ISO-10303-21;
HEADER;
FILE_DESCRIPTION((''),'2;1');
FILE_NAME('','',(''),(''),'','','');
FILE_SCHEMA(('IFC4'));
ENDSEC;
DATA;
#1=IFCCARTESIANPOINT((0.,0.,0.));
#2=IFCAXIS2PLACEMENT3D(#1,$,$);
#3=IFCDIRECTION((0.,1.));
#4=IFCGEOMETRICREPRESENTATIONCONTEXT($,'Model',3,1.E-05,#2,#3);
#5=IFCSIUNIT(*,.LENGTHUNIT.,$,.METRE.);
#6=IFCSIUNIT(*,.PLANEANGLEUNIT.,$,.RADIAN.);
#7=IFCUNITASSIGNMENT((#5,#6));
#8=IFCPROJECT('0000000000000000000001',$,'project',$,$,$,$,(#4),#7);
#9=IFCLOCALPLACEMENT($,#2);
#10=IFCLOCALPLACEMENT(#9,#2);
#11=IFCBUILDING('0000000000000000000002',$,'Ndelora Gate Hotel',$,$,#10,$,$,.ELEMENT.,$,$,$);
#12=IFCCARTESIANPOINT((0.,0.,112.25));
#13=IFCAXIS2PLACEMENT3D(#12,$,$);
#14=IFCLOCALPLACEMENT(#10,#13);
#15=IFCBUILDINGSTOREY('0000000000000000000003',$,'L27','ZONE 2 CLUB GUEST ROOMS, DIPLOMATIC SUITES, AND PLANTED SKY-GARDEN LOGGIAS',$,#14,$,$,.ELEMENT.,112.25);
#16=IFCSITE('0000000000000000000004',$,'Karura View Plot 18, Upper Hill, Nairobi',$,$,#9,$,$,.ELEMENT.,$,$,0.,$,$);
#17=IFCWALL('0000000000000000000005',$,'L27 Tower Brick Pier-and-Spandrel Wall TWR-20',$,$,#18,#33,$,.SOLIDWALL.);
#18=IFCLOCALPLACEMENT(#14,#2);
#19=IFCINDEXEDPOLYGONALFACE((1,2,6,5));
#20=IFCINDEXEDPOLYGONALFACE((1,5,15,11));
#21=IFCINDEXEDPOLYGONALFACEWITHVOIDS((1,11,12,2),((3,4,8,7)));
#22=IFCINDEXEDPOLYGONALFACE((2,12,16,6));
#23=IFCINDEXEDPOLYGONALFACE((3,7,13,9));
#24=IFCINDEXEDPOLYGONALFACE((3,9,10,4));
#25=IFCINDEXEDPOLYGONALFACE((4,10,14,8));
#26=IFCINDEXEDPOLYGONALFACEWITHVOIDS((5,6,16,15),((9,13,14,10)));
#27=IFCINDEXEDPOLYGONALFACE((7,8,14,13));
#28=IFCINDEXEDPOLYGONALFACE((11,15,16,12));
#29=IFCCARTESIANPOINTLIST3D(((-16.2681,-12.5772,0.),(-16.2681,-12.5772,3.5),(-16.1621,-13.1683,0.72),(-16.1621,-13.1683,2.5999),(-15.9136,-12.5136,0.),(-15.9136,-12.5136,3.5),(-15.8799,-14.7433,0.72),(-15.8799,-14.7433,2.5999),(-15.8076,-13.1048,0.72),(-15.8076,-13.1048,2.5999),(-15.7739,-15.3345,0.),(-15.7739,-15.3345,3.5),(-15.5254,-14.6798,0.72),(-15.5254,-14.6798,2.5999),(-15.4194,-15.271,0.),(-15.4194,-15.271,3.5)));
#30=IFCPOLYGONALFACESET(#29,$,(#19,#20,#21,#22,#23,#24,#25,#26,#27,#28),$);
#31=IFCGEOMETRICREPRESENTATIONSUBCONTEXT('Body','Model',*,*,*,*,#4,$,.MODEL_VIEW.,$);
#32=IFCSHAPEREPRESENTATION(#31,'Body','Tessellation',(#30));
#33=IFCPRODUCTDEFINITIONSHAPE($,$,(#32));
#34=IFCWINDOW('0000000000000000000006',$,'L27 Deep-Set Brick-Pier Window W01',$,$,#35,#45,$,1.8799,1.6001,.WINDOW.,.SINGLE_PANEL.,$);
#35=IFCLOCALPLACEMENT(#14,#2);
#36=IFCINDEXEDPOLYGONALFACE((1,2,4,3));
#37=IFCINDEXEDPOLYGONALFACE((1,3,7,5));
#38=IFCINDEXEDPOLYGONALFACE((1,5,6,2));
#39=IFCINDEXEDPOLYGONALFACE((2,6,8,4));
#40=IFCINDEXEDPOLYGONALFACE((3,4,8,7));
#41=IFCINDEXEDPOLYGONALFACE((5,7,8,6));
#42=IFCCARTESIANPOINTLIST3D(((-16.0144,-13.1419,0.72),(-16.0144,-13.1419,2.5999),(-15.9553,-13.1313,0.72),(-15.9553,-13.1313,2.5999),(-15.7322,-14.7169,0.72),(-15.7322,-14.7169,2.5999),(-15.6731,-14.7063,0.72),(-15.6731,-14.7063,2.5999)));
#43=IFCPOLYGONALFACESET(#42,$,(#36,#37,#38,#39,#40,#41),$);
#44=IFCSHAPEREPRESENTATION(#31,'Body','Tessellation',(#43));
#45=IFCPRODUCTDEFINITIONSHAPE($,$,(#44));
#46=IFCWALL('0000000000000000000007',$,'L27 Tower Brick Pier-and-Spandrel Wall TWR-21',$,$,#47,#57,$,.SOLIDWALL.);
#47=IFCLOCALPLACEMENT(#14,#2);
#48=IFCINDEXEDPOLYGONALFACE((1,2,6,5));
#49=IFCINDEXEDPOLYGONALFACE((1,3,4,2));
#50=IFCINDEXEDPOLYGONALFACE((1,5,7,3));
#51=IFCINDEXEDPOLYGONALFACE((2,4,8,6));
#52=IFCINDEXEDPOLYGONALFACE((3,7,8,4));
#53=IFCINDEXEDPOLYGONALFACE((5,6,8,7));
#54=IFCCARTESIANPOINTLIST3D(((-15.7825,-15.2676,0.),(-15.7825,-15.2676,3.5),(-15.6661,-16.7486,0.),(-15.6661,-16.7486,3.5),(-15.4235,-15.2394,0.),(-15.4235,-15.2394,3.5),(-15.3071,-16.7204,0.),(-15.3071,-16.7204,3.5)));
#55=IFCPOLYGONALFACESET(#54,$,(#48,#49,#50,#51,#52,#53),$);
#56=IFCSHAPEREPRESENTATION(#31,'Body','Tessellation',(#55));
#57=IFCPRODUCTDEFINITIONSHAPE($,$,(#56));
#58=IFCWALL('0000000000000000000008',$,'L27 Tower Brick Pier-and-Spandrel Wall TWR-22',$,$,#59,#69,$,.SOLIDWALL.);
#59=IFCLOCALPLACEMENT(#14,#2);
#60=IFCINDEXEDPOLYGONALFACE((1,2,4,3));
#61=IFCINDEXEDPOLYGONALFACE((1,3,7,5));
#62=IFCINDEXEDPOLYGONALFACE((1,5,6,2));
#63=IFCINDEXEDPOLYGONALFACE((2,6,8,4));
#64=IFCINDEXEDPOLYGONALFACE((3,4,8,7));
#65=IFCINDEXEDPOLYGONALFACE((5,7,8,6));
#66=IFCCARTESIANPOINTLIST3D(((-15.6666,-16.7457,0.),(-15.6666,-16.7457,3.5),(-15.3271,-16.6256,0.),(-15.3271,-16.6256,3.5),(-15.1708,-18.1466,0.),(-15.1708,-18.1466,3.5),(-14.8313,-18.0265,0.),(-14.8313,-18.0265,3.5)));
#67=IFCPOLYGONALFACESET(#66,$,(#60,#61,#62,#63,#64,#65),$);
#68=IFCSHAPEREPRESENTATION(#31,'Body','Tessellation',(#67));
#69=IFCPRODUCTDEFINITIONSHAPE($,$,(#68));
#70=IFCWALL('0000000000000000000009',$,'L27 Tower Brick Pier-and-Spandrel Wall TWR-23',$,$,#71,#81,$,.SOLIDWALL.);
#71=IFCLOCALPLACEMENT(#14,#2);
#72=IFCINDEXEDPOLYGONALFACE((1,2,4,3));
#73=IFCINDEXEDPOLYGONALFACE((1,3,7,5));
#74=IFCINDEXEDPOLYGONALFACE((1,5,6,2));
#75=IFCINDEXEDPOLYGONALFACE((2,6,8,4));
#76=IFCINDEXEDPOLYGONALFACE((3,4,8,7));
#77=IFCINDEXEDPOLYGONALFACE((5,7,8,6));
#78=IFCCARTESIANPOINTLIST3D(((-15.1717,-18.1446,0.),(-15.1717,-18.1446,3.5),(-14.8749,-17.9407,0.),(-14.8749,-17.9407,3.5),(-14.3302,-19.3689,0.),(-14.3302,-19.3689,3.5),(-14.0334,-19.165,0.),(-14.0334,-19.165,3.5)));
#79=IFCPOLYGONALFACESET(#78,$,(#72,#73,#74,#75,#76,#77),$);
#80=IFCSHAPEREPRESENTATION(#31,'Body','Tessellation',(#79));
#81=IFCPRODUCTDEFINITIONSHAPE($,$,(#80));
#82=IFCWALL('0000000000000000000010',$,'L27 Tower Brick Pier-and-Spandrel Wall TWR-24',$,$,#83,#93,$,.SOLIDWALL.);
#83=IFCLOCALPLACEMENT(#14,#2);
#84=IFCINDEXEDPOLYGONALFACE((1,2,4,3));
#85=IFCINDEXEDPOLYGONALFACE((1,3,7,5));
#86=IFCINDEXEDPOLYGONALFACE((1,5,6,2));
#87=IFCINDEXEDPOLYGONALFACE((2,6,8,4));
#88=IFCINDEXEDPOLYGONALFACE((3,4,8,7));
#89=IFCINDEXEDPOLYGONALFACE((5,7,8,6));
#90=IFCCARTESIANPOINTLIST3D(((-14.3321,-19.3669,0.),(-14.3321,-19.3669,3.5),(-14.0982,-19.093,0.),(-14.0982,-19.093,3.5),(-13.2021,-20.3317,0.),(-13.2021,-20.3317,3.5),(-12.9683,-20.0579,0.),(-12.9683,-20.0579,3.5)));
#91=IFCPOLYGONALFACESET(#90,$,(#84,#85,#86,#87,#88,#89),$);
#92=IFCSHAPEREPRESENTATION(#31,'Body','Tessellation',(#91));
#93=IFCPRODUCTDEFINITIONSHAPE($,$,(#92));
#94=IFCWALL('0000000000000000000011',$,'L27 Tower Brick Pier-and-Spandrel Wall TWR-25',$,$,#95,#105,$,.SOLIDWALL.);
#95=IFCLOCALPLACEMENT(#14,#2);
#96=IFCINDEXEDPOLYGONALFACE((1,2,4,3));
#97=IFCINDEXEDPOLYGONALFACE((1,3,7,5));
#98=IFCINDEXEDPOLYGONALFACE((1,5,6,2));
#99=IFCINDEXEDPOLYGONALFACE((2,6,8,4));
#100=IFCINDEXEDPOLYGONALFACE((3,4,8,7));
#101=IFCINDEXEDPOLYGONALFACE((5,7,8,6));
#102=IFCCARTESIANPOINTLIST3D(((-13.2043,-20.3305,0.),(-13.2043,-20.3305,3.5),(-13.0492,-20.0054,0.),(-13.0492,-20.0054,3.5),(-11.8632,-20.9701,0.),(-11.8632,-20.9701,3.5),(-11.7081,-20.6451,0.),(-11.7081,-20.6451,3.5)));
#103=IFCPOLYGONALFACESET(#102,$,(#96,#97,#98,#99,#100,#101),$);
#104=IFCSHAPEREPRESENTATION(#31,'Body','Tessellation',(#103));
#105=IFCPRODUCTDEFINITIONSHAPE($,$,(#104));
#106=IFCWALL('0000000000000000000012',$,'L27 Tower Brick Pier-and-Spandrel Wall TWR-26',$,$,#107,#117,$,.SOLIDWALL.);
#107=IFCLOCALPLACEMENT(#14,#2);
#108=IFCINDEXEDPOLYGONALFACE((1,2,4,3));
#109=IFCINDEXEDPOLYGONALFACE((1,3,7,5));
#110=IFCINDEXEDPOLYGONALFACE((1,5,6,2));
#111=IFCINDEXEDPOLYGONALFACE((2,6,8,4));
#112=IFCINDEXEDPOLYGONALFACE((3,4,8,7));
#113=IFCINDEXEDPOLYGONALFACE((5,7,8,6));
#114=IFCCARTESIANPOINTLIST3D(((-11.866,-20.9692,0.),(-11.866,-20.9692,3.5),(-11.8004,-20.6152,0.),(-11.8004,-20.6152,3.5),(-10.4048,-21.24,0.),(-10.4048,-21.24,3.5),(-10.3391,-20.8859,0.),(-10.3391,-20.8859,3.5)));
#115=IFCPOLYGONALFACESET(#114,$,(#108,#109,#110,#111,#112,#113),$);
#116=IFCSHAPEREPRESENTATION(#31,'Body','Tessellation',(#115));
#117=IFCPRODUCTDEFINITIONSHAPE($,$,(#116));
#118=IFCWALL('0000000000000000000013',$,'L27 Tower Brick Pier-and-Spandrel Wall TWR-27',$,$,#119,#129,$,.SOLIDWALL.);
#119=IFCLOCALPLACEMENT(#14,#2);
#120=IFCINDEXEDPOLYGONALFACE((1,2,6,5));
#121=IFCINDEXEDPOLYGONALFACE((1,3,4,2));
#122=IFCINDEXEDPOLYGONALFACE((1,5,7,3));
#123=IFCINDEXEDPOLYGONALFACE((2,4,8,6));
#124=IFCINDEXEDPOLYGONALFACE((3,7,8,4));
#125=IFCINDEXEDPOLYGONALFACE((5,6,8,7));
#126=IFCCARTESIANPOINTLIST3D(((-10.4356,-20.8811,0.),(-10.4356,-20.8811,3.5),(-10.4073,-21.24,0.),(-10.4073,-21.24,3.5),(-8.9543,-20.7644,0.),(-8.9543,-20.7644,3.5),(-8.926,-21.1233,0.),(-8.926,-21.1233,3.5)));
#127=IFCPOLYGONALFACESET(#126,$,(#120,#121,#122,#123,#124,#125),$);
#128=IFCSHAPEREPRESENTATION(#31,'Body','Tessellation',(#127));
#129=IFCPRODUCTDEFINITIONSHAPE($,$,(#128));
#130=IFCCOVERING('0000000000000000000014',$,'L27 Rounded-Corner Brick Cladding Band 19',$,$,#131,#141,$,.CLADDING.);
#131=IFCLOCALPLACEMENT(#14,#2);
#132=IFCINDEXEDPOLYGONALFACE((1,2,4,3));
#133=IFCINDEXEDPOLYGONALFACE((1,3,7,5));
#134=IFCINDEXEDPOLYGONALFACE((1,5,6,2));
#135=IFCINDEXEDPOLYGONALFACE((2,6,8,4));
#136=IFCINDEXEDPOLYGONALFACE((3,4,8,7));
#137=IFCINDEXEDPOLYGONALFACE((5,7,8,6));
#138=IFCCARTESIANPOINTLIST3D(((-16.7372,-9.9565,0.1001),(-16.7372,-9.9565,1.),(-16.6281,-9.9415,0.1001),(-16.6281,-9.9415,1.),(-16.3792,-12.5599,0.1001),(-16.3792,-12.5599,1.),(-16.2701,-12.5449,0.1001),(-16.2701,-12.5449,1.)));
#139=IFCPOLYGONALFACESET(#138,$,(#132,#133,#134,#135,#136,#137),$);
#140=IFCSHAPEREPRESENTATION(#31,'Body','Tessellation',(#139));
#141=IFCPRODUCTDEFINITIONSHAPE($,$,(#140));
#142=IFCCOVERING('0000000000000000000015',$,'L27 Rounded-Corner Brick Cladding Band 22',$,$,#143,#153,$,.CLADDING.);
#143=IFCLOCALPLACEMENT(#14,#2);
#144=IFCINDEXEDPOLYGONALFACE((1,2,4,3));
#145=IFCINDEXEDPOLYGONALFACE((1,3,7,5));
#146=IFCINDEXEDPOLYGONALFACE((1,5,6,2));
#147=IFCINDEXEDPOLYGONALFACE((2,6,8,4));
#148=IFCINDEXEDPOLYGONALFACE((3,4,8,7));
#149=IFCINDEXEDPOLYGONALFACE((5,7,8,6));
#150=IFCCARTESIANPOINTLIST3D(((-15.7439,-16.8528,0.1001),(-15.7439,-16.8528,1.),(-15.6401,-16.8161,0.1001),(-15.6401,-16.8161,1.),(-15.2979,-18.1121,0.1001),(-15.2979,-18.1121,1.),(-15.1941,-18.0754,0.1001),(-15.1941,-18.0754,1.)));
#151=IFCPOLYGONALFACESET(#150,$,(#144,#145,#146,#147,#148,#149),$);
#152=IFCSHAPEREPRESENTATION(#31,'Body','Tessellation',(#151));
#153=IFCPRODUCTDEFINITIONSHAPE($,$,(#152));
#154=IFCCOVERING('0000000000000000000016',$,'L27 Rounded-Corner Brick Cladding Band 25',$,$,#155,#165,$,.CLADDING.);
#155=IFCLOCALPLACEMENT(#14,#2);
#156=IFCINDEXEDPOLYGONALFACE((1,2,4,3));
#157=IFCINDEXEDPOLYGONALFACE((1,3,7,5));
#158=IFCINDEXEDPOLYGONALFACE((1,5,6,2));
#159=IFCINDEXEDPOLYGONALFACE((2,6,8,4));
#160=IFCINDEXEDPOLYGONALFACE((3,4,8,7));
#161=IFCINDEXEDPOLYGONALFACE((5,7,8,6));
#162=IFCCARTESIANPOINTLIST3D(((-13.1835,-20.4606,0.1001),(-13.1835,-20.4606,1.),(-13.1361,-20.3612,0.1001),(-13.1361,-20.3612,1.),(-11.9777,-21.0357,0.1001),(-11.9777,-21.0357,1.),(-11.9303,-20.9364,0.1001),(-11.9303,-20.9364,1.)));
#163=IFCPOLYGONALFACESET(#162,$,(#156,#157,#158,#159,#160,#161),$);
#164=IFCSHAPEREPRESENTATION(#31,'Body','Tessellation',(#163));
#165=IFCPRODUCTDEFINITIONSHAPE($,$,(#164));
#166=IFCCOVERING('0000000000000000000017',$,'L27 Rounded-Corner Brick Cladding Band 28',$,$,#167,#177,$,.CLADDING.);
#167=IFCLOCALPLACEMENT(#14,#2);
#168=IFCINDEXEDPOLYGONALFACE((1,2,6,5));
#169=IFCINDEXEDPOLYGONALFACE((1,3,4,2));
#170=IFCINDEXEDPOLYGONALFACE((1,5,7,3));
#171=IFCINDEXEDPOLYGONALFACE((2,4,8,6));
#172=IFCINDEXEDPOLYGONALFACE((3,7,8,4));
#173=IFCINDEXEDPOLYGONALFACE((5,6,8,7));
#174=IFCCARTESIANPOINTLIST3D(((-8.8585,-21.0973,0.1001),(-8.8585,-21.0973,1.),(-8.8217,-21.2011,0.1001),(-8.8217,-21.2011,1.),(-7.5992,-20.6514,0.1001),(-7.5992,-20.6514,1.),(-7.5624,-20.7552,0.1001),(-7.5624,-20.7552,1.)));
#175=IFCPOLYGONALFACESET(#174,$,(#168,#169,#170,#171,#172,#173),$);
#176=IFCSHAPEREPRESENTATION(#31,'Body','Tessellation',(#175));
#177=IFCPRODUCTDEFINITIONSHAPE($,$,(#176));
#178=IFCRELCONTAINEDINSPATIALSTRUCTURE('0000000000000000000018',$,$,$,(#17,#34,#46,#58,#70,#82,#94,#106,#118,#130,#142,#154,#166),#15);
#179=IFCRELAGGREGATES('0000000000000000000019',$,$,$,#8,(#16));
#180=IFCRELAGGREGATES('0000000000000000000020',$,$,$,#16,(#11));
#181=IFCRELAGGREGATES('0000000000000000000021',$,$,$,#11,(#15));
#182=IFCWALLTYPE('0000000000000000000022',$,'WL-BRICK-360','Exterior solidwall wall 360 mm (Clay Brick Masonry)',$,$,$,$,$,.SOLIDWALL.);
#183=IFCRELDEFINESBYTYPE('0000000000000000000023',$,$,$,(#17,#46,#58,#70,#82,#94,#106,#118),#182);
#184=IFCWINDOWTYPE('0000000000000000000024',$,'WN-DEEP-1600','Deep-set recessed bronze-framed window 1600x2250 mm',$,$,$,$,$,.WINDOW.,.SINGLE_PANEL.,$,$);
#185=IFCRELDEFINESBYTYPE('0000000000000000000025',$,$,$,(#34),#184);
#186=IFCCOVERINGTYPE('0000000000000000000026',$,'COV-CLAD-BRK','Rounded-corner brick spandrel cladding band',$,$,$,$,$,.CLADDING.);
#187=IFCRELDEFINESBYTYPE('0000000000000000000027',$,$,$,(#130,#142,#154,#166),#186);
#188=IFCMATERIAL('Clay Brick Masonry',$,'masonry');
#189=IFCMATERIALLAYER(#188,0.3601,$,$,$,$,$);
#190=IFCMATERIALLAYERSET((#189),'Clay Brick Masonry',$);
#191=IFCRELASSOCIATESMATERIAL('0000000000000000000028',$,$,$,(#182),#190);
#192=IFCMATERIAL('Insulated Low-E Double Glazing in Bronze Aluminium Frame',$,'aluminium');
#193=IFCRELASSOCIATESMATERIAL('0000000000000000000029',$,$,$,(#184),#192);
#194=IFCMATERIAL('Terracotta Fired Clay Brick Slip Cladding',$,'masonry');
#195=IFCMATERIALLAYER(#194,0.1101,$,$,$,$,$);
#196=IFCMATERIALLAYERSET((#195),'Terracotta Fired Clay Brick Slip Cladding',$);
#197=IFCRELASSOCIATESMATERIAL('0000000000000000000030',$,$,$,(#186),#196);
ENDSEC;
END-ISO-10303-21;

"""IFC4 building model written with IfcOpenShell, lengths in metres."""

from ifc_helpers import new_model, si_unit, direction, frame, frame_2d, origin, origin_2d, place, context, subcontext, project, spatial, rectangle, extrude, material, layer, layer_set, type_object, element, fill, save


model = new_model("IFC4")

# Units and contexts
model_context = context("Model", 3, precision=1e-05, world=origin(), true_north=direction((0.0, 1.0)))
body_context = subcontext(model_context, "Body", "Model", "MODEL_VIEW")
ifc_project = project(units=[si_unit("LENGTHUNIT", "METRE"), si_unit("PLANEANGLEUNIT", "RADIAN")], contexts=[model_context])

# Site, building, storey
site_placement = place(None, origin())
site = spatial("IfcSite", under=ifc_project, at=site_placement, Name="Karura View Plot 18, Upper Hill, Nairobi", CompositionType="ELEMENT", RefElevation=0.0)
building_placement = place(site_placement, origin())
building = spatial("IfcBuilding", under=site, at=building_placement, Name="Ndelora Gate Hotel", CompositionType="ELEMENT")
storey_placement = place(building_placement, frame((0.0, 0.0, 112.25)))
storey = spatial("IfcBuildingStorey", under=building, at=storey_placement, Name="L27", Description="ZONE 2 CLUB GUEST ROOMS, DIPLOMATIC SUITES, AND PLANTED SKY-GARDEN LOGGIAS", CompositionType="ELEMENT", Elevation=112.25)

# Shared definitions
ifc_material_1 = material(Name="Clay Brick Masonry", Category="masonry")
ifc_layer_1 = layer(ifc_material_1, 0.3601)
ifc_layer_set_1 = layer_set([ifc_layer_1], Name="Clay Brick Masonry")
wall_type = type_object("IfcWallType", Name="WL-BRICK-360", Description="Exterior solidwall wall 360 mm (Clay Brick Masonry)", PredefinedType="SOLIDWALL", material=ifc_layer_set_1)

# Wall, opening, window
ifc_material_2 = material(Name="Insulated Low-E Double Glazing in Bronze Aluminium Frame", Category="aluminium")
window_type = type_object("IfcWindowType", Name="WN-DEEP-1600", Description="Deep-set recessed bronze-framed window 1600x2250 mm", PartitioningType="SINGLE_PANEL", PredefinedType="WINDOW", material=ifc_material_2)
wall_1_placement = place(storey_placement, frame((-15.5967, -15.3027, 0.0), z_axis=(0.0, 0.0, 1.0), x_axis=(-0.1764, 0.984319, 0.0)))
wall_1 = element("IfcWall", 1, at=wall_1_placement, inside=storey, type_object=wall_type, Name="L27 Tower Brick Pier-and-Spandrel Wall TWR-20", PredefinedType="SOLIDWALL", context=body_context, shape_type="SweptSolid", body=[
    extrude(rectangle(XDim=2.8013, YDim=0.3601, at=frame_2d((1.4006, 0.0))), origin(), (0.0, 0.0, 1.0), 3.5),
])
opening_1_placement = place(wall_1_placement, frame((0.6006, 0.0, 0.72)))
opening_1 = element("IfcOpeningElement", 2, at=opening_1_placement, cuts=wall_1, PredefinedType="OPENING", context=body_context, shape_type="SweptSolid", body=[
    extrude(rectangle(XDim=1.6001, YDim=1.8799, at=frame_2d((0.8, 0.9399))), frame((0.0, 0.1899, 0.0), z_axis=(0.0, -1.0, 0.0), x_axis=(1.0, 0.0, 0.0)), (0.0, 0.0, 1.0), 0.3801),
])
window_1_placement = place(opening_1_placement, origin())
window_1 = element("IfcWindow", 3, at=window_1_placement, inside=storey, type_object=window_type, Name="L27 Deep-Set Brick-Pier Window W01", OverallHeight=1.8799, OverallWidth=1.6001, PartitioningType="SINGLE_PANEL", PredefinedType="WINDOW", context=body_context, shape_type="SweptSolid", body=[
    extrude(rectangle(XDim=1.6001, YDim=1.8799, at=frame_2d((0.8, 0.9399))), frame((0.0, 0.03, 0.0), z_axis=(0.0, -1.0, 0.0), x_axis=(1.0, 0.0, 0.0)), (0.0, 0.0, 1.0), 0.0601),
])
fill(opening_1, window_1)

# Walls
wall_2_placement = place(storey_placement, frame((-15.4866, -16.7344, 0.0), z_axis=(0.0, 0.0, 1.0), x_axis=(-0.078393, 0.996923, 0.0)))
element("IfcWall", 4, at=wall_2_placement, inside=storey, type_object=wall_type, Name="L27 Tower Brick Pier-and-Spandrel Wall TWR-21", PredefinedType="SOLIDWALL", context=body_context, shape_type="SweptSolid", body=[
    extrude(rectangle(XDim=1.4856, YDim=0.3601, at=frame_2d((0.7427, 0.0))), origin(), (0.0, 0.0, 1.0), 3.5),
])
wall_3_placement = place(storey_placement, frame((-15.001, -18.0867, 0.0), z_axis=(0.0, 0.0, 1.0), x_axis=(-0.333671, 0.94269, 0.0)))
element("IfcWall", 5, at=wall_3_placement, inside=storey, type_object=wall_type, Name="L27 Tower Brick Pier-and-Spandrel Wall TWR-22", PredefinedType="SOLIDWALL", context=body_context, shape_type="SweptSolid", body=[
    extrude(rectangle(XDim=1.4861, YDim=0.3601, at=frame_2d((0.7432, 0.0))), origin(), (0.0, 0.0, 1.0), 3.5),
])
wall_4_placement = place(storey_placement, frame((-14.1819, -19.2668, 0.0), z_axis=(0.0, 0.0, 1.0), x_axis=(-0.566438, 0.824104, 0.0)))
element("IfcWall", 6, at=wall_4_placement, inside=storey, type_object=wall_type, Name="L27 Tower Brick Pier-and-Spandrel Wall TWR-23", PredefinedType="SOLIDWALL", context=body_context, shape_type="SweptSolid", body=[
    extrude(rectangle(XDim=1.4856, YDim=0.3601, at=frame_2d((0.7427, 0.0))), origin(), (0.0, 0.0, 1.0), 3.5),
])
for number, where, z_axis, x_axis, name in (
    (7, (-13.0852, -20.1948, 0.0), (0.0, 0.0, 1.0), (-0.760462, 0.649383, 0.0), "L27 Tower Brick Pier-and-Spandrel Wall TWR-24"),
    (8, (-11.7856, -20.8076, 0.0), (0.0, 0.0, 1.0), (-0.902587, 0.430508, 0.0), "L27 Tower Brick Pier-and-Spandrel Wall TWR-25"),
):
    element("IfcWall", number, at=place(storey_placement, frame(where, z_axis=z_axis, x_axis=x_axis)), inside=storey, type_object=wall_type, Name=name, PredefinedType="SOLIDWALL", context=body_context, shape_type="SweptSolid", body=[
        extrude(rectangle(XDim=1.4858, YDim=0.3601, at=frame_2d((0.7429, 0.0))), origin(), (0.0, 0.0, 1.0), 3.5),
    ])
wall_5_placement = place(storey_placement, frame((-10.3718, -21.063, 0.0), z_axis=(0.0, 0.0, 1.0), x_axis=(-0.983262, 0.182195, 0.0)))
element("IfcWall", 9, at=wall_5_placement, inside=storey, type_object=wall_type, Name="L27 Tower Brick Pier-and-Spandrel Wall TWR-26", PredefinedType="SOLIDWALL", context=body_context, shape_type="SweptSolid", body=[
    extrude(rectangle(XDim=1.4861, YDim=0.3601, at=frame_2d((0.7432, 0.0))), origin(), (0.0, 0.0, 1.0), 3.5),
])
wall_6_placement = place(storey_placement, frame((-8.9402, -20.9438, 0.0), z_axis=(0.0, 0.0, 1.0), x_axis=(-0.996911, -0.078543, 0.0)))
element("IfcWall", 10, at=wall_6_placement, inside=storey, type_object=wall_type, Name="L27 Tower Brick Pier-and-Spandrel Wall TWR-27", PredefinedType="SOLIDWALL", context=body_context, shape_type="SweptSolid", body=[
    extrude(rectangle(XDim=1.4858, YDim=0.3601, at=frame_2d((0.7429, 0.0))), origin(), (0.0, 0.0, 1.0), 3.5),
])

# Coverings
ifc_material_3 = material(Name="Terracotta Fired Clay Brick Slip Cladding", Category="masonry")
ifc_layer_2 = layer(ifc_material_3, 0.1101)
ifc_layer_set_2 = layer_set([ifc_layer_2], Name="Terracotta Fired Clay Brick Slip Cladding")
covering_type = type_object("IfcCoveringType", Name="COV-CLAD-BRK", Description="Rounded-corner brick spandrel cladding band", PredefinedType="CLADDING", material=ifc_layer_set_2)
covering_placement = place(storey_placement, frame((-16.5037, -11.2507, 0.1001), z_axis=(0.0, 0.0, 1.0), x_axis=(-0.136234, 0.990677, 0.0)))
element("IfcCovering", 11, at=covering_placement, inside=storey, type_object=covering_type, Name="L27 Rounded-Corner Brick Cladding Band 19", PredefinedType="CLADDING", context=body_context, shape_type="SweptSolid", body=[
    extrude(rectangle(XDim=2.6279, YDim=0.1101, at=origin_2d()), origin(), (0.0, 0.0, 1.0), 0.8999),
])
for number, where, z_axis, x_axis, name in (
    (12, (-15.469, -17.4641, 0.1001), (0.0, 0.0, 1.0), (-0.333807, 0.942641, 0.0), "L27 Rounded-Corner Brick Cladding Band 22"),
    (13, (-12.5569, -20.6985, 0.1001), (0.0, 0.0, 1.0), (-0.902585, 0.430511, 0.0), "L27 Rounded-Corner Brick Cladding Band 25"),
    (14, (-8.2104, -20.9263, 0.1001), (0.0, 0.0, 1.0), (0.942641, 0.333807, 0.0), "L27 Rounded-Corner Brick Cladding Band 28"),
):
    element("IfcCovering", number, at=place(storey_placement, frame(where, z_axis=z_axis, x_axis=x_axis)), inside=storey, type_object=covering_type, Name=name, PredefinedType="CLADDING", context=body_context, shape_type="SweptSolid", body=[
        extrude(rectangle(XDim=1.3359, YDim=0.1101, at=origin_2d()), origin(), (0.0, 0.0, 1.0), 0.8999),
    ])

save(model, "model.ifc")
